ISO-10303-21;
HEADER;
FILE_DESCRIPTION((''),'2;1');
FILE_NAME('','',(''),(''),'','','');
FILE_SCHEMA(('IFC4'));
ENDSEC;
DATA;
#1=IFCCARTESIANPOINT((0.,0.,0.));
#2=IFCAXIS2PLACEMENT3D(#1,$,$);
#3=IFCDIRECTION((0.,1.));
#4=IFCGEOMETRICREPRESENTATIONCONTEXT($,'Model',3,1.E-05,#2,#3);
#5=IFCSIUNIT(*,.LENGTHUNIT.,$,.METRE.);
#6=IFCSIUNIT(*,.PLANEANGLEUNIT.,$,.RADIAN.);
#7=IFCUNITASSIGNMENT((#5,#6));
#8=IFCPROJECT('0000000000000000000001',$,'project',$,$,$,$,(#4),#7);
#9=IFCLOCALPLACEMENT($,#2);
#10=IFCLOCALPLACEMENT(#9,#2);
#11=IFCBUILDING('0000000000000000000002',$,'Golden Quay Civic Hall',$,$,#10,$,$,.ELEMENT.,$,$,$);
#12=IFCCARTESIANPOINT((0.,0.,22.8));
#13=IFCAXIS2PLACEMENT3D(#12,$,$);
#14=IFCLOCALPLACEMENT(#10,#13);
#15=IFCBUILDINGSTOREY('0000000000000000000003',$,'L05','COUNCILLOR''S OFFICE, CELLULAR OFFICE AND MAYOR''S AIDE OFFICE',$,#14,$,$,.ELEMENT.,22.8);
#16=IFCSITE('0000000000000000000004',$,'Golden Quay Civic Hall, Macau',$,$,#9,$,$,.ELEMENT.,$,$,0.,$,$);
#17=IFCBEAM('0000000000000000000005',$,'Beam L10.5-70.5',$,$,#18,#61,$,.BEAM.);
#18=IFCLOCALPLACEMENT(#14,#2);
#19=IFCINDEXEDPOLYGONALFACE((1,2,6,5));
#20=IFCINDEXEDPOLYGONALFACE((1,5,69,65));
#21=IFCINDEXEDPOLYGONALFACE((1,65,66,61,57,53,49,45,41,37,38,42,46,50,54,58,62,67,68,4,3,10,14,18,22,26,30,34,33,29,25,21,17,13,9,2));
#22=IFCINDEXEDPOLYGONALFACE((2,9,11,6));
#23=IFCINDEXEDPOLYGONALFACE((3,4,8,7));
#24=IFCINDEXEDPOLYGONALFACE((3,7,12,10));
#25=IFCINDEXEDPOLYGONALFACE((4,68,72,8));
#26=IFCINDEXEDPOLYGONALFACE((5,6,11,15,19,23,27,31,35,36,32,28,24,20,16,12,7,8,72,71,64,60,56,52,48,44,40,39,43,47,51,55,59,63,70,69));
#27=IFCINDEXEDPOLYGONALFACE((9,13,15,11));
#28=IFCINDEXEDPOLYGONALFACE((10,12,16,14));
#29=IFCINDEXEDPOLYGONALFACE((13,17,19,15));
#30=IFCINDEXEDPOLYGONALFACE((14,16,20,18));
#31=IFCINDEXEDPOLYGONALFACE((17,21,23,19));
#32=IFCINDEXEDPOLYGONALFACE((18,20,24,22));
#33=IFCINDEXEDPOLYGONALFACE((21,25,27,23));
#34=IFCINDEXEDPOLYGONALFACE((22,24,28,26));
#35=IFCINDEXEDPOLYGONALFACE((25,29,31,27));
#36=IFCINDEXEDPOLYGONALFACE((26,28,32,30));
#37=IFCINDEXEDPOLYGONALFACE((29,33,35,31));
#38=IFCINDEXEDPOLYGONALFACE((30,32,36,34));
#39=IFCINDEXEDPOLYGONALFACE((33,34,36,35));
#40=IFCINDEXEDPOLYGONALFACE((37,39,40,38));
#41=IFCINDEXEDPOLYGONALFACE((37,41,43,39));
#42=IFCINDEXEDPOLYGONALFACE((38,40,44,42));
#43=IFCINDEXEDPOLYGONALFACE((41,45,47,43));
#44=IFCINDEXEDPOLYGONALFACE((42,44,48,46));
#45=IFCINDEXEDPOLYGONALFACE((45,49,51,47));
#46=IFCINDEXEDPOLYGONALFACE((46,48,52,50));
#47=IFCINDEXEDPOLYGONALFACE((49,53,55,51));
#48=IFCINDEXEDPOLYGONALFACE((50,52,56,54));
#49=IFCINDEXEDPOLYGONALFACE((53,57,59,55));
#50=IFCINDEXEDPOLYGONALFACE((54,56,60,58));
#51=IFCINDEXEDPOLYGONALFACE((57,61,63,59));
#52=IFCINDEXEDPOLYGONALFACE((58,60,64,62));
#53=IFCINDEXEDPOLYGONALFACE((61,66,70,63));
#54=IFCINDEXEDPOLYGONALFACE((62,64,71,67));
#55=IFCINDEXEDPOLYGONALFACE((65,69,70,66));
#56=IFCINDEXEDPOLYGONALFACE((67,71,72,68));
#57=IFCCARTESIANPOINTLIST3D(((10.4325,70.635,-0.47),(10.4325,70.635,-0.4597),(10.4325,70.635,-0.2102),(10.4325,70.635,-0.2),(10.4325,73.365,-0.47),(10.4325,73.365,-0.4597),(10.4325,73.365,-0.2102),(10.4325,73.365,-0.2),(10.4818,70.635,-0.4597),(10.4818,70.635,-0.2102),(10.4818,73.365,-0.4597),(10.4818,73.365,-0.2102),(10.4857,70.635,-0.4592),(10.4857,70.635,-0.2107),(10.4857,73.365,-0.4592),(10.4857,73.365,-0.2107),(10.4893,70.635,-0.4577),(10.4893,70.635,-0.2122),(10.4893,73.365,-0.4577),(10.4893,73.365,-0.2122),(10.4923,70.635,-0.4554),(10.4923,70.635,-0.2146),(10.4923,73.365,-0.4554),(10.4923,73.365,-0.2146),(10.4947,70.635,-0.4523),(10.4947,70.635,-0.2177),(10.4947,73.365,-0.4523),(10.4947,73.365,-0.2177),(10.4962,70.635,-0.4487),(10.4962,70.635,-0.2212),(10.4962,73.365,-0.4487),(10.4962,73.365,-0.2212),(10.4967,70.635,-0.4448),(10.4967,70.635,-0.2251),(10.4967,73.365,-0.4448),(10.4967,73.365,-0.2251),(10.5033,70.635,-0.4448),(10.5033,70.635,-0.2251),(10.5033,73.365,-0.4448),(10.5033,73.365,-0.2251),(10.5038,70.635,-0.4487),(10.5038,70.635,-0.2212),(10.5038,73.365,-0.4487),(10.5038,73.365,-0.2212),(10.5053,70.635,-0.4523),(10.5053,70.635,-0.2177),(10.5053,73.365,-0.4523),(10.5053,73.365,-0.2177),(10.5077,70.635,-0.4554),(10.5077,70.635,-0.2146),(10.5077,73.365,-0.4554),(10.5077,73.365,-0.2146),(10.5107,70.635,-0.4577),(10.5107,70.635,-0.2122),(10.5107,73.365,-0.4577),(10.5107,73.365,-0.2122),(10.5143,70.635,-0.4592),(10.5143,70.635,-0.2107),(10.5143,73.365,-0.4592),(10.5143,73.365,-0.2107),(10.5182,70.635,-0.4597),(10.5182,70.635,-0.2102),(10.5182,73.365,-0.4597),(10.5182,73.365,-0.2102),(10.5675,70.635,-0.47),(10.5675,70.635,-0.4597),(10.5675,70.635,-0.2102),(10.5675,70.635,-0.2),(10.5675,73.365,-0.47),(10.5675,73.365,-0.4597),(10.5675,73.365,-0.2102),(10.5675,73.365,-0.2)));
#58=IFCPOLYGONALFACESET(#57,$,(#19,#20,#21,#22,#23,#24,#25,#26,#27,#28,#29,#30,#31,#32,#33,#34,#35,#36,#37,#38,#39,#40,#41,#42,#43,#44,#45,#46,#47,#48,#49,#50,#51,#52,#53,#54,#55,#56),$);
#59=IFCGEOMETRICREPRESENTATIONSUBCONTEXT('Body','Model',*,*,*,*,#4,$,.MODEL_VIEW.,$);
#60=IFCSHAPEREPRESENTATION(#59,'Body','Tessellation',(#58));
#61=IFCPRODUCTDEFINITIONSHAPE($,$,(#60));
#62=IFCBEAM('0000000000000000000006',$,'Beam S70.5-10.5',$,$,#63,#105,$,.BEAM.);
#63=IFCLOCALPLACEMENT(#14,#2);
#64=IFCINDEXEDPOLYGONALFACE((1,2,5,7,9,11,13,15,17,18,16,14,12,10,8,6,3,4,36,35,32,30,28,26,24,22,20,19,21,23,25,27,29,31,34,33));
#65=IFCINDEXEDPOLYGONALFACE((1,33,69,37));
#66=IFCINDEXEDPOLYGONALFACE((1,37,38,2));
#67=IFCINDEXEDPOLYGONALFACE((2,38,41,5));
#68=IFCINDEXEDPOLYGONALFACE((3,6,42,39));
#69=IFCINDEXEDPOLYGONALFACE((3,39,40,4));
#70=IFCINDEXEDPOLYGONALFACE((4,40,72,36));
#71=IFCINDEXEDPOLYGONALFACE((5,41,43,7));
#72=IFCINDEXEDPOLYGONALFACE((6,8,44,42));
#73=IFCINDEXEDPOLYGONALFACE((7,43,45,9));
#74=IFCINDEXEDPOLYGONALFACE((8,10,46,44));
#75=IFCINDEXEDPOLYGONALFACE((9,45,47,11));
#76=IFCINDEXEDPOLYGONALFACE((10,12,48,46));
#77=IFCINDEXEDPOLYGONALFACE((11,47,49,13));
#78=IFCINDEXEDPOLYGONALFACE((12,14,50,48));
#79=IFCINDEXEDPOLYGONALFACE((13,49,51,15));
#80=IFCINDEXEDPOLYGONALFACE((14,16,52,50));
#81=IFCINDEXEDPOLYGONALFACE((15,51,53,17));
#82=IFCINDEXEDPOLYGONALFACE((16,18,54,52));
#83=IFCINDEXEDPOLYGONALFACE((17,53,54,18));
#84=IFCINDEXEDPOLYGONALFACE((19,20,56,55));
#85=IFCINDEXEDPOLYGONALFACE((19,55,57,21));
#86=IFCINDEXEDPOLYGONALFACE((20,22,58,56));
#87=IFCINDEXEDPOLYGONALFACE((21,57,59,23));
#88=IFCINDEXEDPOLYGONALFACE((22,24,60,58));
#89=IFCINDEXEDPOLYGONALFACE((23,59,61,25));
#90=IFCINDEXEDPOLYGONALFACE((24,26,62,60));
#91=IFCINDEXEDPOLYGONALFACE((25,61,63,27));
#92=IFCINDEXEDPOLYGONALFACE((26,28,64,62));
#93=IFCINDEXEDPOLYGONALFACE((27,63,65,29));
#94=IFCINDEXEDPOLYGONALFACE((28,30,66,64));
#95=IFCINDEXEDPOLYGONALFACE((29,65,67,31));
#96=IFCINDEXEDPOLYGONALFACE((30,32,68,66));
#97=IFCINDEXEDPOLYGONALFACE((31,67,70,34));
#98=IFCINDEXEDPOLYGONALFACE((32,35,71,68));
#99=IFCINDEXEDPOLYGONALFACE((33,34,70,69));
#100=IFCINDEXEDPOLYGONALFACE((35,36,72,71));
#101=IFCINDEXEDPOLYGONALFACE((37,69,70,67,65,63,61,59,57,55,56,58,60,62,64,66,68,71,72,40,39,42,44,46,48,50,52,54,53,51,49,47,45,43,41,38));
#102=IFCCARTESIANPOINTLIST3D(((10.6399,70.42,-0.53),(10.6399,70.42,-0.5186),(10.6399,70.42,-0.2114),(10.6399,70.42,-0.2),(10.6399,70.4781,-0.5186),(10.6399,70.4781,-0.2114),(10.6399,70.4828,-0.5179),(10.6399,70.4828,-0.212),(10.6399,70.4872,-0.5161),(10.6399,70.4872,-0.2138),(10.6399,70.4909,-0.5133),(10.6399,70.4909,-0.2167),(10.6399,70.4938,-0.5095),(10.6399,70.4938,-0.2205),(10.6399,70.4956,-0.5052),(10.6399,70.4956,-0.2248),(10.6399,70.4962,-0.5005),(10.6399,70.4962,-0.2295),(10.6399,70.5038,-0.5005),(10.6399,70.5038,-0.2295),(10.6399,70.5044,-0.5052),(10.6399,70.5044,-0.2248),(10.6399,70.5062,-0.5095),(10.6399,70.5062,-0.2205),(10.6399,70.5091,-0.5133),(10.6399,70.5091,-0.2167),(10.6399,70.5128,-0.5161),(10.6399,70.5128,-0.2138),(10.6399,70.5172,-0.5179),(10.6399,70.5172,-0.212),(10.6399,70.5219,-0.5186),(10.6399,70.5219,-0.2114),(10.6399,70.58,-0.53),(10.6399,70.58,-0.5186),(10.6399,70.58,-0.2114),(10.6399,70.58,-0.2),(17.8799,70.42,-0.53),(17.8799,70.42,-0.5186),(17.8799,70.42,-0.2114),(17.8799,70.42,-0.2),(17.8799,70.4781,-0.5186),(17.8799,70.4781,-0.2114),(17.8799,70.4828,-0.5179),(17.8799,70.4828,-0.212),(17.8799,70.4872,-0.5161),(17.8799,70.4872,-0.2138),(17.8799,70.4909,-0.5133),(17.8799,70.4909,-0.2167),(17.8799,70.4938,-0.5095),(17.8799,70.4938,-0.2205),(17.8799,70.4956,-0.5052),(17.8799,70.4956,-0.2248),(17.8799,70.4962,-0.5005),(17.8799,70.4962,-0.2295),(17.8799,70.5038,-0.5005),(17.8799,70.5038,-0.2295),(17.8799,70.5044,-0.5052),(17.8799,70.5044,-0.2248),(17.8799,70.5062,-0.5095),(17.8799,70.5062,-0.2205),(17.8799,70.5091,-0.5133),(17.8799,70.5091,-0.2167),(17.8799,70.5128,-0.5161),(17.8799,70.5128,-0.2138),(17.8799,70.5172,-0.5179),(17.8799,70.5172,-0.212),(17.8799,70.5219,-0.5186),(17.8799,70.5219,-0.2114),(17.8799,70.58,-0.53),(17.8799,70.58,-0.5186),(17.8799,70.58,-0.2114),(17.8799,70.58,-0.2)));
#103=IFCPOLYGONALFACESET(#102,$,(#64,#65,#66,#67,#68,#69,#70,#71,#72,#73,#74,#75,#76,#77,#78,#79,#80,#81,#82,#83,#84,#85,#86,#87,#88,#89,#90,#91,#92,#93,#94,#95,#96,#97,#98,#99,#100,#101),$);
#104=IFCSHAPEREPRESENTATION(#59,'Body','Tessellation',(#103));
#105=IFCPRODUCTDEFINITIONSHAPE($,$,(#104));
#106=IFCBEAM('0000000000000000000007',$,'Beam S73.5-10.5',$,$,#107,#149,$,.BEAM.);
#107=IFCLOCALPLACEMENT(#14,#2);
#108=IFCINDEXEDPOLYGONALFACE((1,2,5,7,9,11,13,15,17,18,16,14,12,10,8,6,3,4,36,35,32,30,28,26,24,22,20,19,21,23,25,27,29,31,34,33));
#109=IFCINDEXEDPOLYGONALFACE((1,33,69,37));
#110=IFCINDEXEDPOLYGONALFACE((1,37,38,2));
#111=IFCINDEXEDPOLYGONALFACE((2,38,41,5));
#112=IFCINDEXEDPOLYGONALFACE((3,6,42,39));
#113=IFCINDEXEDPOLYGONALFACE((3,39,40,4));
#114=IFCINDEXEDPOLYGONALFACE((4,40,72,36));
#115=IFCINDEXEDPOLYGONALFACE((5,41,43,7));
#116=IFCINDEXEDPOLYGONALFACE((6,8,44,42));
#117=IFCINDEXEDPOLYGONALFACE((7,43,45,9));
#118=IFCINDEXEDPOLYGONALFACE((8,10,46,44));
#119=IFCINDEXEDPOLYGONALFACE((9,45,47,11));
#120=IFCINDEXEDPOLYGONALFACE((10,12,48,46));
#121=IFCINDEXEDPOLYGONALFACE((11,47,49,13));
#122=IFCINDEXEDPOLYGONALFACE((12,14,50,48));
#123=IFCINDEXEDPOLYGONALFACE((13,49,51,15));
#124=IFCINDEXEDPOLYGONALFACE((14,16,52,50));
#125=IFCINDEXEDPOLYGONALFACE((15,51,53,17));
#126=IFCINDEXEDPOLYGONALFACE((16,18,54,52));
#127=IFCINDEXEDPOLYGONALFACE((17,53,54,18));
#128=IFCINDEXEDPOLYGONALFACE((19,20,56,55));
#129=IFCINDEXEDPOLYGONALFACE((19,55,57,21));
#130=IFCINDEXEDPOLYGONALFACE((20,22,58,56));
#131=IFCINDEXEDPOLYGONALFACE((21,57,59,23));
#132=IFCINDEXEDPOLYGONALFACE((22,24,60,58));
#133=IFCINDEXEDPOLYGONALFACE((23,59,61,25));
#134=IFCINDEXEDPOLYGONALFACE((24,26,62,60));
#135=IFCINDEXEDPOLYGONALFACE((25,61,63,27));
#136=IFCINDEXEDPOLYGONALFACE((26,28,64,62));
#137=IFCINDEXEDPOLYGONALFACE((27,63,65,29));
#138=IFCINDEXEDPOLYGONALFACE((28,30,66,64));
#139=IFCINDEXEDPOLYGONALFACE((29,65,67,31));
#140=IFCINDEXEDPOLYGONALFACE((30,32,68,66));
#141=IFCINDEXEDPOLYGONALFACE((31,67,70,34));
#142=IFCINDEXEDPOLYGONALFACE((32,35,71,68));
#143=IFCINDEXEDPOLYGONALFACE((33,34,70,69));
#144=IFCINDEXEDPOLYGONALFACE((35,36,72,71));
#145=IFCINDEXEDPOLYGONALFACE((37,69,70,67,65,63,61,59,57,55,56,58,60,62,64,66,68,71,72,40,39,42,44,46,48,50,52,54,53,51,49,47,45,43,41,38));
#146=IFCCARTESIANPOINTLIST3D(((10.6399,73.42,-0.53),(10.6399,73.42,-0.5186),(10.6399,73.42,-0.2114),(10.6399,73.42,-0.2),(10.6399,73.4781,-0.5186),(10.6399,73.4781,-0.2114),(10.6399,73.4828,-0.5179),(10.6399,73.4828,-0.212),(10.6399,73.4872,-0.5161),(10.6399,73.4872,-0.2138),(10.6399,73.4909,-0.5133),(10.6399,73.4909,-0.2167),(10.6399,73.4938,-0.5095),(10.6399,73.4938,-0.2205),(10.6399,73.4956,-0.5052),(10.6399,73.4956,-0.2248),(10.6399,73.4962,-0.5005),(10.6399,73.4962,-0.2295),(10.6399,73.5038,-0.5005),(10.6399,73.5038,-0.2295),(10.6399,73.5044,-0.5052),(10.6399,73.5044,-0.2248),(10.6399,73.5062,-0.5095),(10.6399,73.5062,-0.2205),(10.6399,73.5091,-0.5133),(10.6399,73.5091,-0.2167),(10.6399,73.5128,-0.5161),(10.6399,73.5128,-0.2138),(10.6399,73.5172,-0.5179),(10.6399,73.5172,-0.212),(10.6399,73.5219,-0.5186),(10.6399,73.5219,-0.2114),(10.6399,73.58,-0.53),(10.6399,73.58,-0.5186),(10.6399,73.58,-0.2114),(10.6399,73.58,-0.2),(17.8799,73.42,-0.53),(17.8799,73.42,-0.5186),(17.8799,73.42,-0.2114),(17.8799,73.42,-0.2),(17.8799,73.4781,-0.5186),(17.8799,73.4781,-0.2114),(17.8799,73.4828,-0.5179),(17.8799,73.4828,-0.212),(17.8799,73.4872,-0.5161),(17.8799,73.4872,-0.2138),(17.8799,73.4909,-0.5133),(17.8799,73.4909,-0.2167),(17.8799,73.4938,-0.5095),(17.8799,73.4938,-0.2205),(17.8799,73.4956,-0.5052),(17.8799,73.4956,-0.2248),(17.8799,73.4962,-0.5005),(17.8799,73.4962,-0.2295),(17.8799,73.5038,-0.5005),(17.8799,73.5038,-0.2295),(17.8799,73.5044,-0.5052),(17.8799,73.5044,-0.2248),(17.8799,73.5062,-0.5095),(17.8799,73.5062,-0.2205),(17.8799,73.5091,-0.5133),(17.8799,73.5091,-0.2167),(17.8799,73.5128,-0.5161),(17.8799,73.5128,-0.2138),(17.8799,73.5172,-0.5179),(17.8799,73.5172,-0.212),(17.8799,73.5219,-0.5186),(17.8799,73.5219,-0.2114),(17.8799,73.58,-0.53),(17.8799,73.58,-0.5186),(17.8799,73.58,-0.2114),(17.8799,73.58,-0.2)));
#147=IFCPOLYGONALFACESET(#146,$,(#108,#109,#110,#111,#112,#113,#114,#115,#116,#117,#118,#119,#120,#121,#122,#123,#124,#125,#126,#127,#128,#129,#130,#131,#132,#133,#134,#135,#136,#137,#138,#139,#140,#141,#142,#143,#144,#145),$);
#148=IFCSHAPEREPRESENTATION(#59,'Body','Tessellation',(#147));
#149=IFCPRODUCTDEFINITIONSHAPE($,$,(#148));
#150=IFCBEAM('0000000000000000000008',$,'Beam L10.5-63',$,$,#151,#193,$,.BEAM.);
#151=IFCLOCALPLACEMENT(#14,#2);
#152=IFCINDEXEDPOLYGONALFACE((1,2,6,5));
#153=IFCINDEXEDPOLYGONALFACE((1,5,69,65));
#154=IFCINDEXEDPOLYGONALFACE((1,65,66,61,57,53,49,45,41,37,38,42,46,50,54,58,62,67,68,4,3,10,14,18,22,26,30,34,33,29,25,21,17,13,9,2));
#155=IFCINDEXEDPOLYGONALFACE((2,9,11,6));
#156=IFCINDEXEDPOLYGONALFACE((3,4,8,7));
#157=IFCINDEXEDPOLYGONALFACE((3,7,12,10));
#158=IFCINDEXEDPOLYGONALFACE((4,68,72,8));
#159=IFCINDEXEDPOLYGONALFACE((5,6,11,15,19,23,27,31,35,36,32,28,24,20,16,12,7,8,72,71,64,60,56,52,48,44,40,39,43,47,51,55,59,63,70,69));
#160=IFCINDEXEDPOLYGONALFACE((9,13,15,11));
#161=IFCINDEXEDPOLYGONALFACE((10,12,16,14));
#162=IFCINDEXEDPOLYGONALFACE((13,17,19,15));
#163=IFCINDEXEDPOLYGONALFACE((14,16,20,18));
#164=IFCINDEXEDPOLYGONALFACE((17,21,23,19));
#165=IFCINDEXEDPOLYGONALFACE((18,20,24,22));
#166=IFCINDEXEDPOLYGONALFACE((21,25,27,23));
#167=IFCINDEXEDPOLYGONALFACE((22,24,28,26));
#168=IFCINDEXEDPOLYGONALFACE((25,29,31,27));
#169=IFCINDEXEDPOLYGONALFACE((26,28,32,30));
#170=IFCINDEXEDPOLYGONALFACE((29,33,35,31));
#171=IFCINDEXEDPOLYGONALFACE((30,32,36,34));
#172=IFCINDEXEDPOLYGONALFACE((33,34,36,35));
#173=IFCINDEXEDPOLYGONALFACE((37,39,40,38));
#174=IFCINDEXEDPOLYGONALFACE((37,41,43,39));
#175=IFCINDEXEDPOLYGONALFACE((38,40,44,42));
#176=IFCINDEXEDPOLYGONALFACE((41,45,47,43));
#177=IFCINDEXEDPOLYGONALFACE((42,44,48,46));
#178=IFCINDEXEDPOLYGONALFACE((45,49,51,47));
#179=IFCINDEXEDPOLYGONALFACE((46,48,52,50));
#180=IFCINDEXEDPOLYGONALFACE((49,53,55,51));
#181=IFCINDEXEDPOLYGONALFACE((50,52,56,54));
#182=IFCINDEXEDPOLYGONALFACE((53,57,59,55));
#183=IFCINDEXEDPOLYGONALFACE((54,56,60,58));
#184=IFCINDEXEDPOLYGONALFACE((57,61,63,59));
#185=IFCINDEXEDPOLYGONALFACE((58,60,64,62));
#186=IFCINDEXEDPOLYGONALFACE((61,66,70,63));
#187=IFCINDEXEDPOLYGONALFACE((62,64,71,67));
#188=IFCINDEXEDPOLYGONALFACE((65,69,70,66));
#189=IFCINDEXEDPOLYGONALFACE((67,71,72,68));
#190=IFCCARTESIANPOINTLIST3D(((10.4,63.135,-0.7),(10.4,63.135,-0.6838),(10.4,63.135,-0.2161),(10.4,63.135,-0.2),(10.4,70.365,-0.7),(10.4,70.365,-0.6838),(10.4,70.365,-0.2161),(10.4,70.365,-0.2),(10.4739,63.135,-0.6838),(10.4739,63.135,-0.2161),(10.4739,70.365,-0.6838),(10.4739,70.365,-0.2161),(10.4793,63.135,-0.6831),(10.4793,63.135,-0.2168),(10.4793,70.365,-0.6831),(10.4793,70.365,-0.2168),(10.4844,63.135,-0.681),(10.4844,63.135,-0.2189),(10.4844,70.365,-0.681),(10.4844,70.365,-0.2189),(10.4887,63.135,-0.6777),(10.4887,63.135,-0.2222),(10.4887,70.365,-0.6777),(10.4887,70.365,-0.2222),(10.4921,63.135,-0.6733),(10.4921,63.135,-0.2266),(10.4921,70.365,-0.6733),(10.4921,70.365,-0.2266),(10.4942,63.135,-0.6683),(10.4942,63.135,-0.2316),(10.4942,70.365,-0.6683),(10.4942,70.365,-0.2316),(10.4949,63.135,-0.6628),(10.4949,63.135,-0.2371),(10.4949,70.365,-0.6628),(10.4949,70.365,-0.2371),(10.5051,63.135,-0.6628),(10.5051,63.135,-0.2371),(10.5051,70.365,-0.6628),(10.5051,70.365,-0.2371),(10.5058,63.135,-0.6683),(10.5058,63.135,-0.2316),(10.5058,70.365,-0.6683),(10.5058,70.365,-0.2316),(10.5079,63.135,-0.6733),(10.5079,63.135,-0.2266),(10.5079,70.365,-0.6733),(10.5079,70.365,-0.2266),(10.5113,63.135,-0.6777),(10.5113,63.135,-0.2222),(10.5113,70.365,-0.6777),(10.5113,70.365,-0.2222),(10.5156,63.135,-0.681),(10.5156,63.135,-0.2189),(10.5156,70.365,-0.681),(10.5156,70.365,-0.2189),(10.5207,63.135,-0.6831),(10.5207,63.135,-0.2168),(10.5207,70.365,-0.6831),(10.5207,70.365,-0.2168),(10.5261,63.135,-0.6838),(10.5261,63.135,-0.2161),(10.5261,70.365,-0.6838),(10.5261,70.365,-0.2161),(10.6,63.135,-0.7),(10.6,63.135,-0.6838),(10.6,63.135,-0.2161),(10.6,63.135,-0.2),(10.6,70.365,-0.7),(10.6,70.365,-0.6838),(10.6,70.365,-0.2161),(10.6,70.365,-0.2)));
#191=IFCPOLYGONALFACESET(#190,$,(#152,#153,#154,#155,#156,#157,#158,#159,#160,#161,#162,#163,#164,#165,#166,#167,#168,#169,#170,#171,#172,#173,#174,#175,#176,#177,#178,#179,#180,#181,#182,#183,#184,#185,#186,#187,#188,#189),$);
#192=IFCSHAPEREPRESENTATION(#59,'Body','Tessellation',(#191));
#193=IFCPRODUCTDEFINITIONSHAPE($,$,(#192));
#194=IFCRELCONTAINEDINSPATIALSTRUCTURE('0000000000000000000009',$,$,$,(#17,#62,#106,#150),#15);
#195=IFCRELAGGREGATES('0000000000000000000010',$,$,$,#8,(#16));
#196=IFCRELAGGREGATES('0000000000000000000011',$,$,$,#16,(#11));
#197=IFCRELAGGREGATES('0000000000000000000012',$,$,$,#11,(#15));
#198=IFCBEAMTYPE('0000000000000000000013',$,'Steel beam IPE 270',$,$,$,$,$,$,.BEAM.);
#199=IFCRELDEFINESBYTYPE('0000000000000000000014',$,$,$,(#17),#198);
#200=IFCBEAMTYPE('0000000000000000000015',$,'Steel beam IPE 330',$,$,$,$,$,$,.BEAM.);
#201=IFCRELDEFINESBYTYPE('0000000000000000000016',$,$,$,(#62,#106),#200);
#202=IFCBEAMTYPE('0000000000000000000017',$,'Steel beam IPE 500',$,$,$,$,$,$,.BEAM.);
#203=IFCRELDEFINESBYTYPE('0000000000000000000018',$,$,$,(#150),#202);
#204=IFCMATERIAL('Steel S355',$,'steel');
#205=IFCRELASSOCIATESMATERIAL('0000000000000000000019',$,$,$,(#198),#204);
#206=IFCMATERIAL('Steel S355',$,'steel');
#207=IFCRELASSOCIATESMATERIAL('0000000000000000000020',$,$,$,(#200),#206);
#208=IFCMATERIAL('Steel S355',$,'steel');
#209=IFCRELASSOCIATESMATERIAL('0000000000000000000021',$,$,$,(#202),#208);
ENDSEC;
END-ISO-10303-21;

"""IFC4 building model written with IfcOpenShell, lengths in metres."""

from ifc_helpers import new_model, si_unit, direction, frame, origin, origin_2d, place, context, subcontext, project, spatial, i_section, extrude, material, material_profile, profile_set, type_object, element, save


model = new_model("IFC4")

# Units and contexts
model_context = context("Model", 3, precision=1e-05, world=origin(), true_north=direction((0.0, 1.0)))
body_context = subcontext(model_context, "Body", "Model", "MODEL_VIEW")
ifc_project = project(units=[si_unit("LENGTHUNIT", "METRE"), si_unit("PLANEANGLEUNIT", "RADIAN")], contexts=[model_context])

# Site, building, storey
site_placement = place(None, origin())
site = spatial("IfcSite", under=ifc_project, at=site_placement, Name="Golden Quay Civic Hall, Macau", CompositionType="ELEMENT", RefElevation=0.0)
building_placement = place(site_placement, origin())
building = spatial("IfcBuilding", under=site, at=building_placement, Name="Golden Quay Civic Hall", CompositionType="ELEMENT")
storey_placement = place(building_placement, frame((0.0, 0.0, 22.8)))
storey = spatial("IfcBuildingStorey", under=building, at=storey_placement, Name="L05", Description="COUNCILLOR'S OFFICE, CELLULAR OFFICE AND MAYOR'S AIDE OFFICE", CompositionType="ELEMENT", Elevation=22.8)

# Beams
ifc_material_1 = material(Name="Steel S355", Category="steel")
ifc_material_profile_1 = material_profile(ifc_material_1, i_section(OverallWidth=0.135, OverallDepth=0.27, WebThickness=0.0066, FlangeThickness=0.0103, FilletRadius=0.0149, at=origin_2d()), Name="IPE 270")
ifc_profile_set_1 = profile_set([ifc_material_profile_1], Name="Steel S355")
beam_type_1 = type_object("IfcBeamType", Name="Steel beam IPE 270", PredefinedType="BEAM", material=ifc_profile_set_1)
beam_1_placement = place(storey_placement, frame((10.5, 70.635, -0.335), z_axis=(0.0, 1.0, 0.0), x_axis=(-1.0, 0.0, 0.0)))
element("IfcBeam", 1, at=beam_1_placement, inside=storey, type_object=beam_type_1, Name="Beam L10.5-70.5", PredefinedType="BEAM", context=body_context, shape_type="SweptSolid", body=[
    extrude(i_section(OverallWidth=0.135, OverallDepth=0.27, WebThickness=0.0066, FlangeThickness=0.0103, FilletRadius=0.0149, at=origin_2d()), origin(), (0.0, 0.0, 1.0), 2.73),
])
ifc_material_2 = material(Name="Steel S355", Category="steel")
ifc_material_profile_2 = material_profile(ifc_material_2, i_section(OverallWidth=0.1599, OverallDepth=0.3301, WebThickness=0.0076, FlangeThickness=0.0115, FilletRadius=0.0181, at=origin_2d()), Name="IPE 330")
ifc_profile_set_2 = profile_set([ifc_material_profile_2], Name="Steel S355")
beam_type_2 = type_object("IfcBeamType", Name="Steel beam IPE 330", PredefinedType="BEAM", material=ifc_profile_set_2)
for number, where, z_axis, x_axis, name in (
    (2, (10.6399, 70.5, -0.365), (1.0, 0.0, 0.0), (0.0, 1.0, 0.0), "Beam S70.5-10.5"),
    (3, (10.6399, 73.5, -0.365), (1.0, 0.0, 0.0), (0.0, 1.0, 0.0), "Beam S73.5-10.5"),
):
    element("IfcBeam", number, at=place(storey_placement, frame(where, z_axis=z_axis, x_axis=x_axis)), inside=storey, type_object=beam_type_2, Name=name, PredefinedType="BEAM", context=body_context, shape_type="SweptSolid", body=[
        extrude(i_section(OverallWidth=0.1599, OverallDepth=0.3301, WebThickness=0.0076, FlangeThickness=0.0115, FilletRadius=0.0181, at=origin_2d()), origin(), (0.0, 0.0, 1.0), 7.24),
    ])
ifc_material_3 = material(Name="Steel S355", Category="steel")
ifc_material_profile_3 = material_profile(ifc_material_3, i_section(OverallWidth=0.2, OverallDepth=0.5, WebThickness=0.0103, FlangeThickness=0.0161, FilletRadius=0.021, at=origin_2d()), Name="IPE 500")
ifc_profile_set_3 = profile_set([ifc_material_profile_3], Name="Steel S355")
beam_type_3 = type_object("IfcBeamType", Name="Steel beam IPE 500", PredefinedType="BEAM", material=ifc_profile_set_3)
beam_2_placement = place(storey_placement, frame((10.5, 63.135, -0.45), z_axis=(0.0, 1.0, 0.0), x_axis=(-1.0, 0.0, 0.0)))
element("IfcBeam", 4, at=beam_2_placement, inside=storey, type_object=beam_type_3, Name="Beam L10.5-63", PredefinedType="BEAM", context=body_context, shape_type="SweptSolid", body=[
    extrude(i_section(OverallWidth=0.2, OverallDepth=0.5, WebThickness=0.0103, FlangeThickness=0.0161, FilletRadius=0.021, at=origin_2d()), origin(), (0.0, 0.0, 1.0), 7.23),
])

save(model, "model.ifc")
